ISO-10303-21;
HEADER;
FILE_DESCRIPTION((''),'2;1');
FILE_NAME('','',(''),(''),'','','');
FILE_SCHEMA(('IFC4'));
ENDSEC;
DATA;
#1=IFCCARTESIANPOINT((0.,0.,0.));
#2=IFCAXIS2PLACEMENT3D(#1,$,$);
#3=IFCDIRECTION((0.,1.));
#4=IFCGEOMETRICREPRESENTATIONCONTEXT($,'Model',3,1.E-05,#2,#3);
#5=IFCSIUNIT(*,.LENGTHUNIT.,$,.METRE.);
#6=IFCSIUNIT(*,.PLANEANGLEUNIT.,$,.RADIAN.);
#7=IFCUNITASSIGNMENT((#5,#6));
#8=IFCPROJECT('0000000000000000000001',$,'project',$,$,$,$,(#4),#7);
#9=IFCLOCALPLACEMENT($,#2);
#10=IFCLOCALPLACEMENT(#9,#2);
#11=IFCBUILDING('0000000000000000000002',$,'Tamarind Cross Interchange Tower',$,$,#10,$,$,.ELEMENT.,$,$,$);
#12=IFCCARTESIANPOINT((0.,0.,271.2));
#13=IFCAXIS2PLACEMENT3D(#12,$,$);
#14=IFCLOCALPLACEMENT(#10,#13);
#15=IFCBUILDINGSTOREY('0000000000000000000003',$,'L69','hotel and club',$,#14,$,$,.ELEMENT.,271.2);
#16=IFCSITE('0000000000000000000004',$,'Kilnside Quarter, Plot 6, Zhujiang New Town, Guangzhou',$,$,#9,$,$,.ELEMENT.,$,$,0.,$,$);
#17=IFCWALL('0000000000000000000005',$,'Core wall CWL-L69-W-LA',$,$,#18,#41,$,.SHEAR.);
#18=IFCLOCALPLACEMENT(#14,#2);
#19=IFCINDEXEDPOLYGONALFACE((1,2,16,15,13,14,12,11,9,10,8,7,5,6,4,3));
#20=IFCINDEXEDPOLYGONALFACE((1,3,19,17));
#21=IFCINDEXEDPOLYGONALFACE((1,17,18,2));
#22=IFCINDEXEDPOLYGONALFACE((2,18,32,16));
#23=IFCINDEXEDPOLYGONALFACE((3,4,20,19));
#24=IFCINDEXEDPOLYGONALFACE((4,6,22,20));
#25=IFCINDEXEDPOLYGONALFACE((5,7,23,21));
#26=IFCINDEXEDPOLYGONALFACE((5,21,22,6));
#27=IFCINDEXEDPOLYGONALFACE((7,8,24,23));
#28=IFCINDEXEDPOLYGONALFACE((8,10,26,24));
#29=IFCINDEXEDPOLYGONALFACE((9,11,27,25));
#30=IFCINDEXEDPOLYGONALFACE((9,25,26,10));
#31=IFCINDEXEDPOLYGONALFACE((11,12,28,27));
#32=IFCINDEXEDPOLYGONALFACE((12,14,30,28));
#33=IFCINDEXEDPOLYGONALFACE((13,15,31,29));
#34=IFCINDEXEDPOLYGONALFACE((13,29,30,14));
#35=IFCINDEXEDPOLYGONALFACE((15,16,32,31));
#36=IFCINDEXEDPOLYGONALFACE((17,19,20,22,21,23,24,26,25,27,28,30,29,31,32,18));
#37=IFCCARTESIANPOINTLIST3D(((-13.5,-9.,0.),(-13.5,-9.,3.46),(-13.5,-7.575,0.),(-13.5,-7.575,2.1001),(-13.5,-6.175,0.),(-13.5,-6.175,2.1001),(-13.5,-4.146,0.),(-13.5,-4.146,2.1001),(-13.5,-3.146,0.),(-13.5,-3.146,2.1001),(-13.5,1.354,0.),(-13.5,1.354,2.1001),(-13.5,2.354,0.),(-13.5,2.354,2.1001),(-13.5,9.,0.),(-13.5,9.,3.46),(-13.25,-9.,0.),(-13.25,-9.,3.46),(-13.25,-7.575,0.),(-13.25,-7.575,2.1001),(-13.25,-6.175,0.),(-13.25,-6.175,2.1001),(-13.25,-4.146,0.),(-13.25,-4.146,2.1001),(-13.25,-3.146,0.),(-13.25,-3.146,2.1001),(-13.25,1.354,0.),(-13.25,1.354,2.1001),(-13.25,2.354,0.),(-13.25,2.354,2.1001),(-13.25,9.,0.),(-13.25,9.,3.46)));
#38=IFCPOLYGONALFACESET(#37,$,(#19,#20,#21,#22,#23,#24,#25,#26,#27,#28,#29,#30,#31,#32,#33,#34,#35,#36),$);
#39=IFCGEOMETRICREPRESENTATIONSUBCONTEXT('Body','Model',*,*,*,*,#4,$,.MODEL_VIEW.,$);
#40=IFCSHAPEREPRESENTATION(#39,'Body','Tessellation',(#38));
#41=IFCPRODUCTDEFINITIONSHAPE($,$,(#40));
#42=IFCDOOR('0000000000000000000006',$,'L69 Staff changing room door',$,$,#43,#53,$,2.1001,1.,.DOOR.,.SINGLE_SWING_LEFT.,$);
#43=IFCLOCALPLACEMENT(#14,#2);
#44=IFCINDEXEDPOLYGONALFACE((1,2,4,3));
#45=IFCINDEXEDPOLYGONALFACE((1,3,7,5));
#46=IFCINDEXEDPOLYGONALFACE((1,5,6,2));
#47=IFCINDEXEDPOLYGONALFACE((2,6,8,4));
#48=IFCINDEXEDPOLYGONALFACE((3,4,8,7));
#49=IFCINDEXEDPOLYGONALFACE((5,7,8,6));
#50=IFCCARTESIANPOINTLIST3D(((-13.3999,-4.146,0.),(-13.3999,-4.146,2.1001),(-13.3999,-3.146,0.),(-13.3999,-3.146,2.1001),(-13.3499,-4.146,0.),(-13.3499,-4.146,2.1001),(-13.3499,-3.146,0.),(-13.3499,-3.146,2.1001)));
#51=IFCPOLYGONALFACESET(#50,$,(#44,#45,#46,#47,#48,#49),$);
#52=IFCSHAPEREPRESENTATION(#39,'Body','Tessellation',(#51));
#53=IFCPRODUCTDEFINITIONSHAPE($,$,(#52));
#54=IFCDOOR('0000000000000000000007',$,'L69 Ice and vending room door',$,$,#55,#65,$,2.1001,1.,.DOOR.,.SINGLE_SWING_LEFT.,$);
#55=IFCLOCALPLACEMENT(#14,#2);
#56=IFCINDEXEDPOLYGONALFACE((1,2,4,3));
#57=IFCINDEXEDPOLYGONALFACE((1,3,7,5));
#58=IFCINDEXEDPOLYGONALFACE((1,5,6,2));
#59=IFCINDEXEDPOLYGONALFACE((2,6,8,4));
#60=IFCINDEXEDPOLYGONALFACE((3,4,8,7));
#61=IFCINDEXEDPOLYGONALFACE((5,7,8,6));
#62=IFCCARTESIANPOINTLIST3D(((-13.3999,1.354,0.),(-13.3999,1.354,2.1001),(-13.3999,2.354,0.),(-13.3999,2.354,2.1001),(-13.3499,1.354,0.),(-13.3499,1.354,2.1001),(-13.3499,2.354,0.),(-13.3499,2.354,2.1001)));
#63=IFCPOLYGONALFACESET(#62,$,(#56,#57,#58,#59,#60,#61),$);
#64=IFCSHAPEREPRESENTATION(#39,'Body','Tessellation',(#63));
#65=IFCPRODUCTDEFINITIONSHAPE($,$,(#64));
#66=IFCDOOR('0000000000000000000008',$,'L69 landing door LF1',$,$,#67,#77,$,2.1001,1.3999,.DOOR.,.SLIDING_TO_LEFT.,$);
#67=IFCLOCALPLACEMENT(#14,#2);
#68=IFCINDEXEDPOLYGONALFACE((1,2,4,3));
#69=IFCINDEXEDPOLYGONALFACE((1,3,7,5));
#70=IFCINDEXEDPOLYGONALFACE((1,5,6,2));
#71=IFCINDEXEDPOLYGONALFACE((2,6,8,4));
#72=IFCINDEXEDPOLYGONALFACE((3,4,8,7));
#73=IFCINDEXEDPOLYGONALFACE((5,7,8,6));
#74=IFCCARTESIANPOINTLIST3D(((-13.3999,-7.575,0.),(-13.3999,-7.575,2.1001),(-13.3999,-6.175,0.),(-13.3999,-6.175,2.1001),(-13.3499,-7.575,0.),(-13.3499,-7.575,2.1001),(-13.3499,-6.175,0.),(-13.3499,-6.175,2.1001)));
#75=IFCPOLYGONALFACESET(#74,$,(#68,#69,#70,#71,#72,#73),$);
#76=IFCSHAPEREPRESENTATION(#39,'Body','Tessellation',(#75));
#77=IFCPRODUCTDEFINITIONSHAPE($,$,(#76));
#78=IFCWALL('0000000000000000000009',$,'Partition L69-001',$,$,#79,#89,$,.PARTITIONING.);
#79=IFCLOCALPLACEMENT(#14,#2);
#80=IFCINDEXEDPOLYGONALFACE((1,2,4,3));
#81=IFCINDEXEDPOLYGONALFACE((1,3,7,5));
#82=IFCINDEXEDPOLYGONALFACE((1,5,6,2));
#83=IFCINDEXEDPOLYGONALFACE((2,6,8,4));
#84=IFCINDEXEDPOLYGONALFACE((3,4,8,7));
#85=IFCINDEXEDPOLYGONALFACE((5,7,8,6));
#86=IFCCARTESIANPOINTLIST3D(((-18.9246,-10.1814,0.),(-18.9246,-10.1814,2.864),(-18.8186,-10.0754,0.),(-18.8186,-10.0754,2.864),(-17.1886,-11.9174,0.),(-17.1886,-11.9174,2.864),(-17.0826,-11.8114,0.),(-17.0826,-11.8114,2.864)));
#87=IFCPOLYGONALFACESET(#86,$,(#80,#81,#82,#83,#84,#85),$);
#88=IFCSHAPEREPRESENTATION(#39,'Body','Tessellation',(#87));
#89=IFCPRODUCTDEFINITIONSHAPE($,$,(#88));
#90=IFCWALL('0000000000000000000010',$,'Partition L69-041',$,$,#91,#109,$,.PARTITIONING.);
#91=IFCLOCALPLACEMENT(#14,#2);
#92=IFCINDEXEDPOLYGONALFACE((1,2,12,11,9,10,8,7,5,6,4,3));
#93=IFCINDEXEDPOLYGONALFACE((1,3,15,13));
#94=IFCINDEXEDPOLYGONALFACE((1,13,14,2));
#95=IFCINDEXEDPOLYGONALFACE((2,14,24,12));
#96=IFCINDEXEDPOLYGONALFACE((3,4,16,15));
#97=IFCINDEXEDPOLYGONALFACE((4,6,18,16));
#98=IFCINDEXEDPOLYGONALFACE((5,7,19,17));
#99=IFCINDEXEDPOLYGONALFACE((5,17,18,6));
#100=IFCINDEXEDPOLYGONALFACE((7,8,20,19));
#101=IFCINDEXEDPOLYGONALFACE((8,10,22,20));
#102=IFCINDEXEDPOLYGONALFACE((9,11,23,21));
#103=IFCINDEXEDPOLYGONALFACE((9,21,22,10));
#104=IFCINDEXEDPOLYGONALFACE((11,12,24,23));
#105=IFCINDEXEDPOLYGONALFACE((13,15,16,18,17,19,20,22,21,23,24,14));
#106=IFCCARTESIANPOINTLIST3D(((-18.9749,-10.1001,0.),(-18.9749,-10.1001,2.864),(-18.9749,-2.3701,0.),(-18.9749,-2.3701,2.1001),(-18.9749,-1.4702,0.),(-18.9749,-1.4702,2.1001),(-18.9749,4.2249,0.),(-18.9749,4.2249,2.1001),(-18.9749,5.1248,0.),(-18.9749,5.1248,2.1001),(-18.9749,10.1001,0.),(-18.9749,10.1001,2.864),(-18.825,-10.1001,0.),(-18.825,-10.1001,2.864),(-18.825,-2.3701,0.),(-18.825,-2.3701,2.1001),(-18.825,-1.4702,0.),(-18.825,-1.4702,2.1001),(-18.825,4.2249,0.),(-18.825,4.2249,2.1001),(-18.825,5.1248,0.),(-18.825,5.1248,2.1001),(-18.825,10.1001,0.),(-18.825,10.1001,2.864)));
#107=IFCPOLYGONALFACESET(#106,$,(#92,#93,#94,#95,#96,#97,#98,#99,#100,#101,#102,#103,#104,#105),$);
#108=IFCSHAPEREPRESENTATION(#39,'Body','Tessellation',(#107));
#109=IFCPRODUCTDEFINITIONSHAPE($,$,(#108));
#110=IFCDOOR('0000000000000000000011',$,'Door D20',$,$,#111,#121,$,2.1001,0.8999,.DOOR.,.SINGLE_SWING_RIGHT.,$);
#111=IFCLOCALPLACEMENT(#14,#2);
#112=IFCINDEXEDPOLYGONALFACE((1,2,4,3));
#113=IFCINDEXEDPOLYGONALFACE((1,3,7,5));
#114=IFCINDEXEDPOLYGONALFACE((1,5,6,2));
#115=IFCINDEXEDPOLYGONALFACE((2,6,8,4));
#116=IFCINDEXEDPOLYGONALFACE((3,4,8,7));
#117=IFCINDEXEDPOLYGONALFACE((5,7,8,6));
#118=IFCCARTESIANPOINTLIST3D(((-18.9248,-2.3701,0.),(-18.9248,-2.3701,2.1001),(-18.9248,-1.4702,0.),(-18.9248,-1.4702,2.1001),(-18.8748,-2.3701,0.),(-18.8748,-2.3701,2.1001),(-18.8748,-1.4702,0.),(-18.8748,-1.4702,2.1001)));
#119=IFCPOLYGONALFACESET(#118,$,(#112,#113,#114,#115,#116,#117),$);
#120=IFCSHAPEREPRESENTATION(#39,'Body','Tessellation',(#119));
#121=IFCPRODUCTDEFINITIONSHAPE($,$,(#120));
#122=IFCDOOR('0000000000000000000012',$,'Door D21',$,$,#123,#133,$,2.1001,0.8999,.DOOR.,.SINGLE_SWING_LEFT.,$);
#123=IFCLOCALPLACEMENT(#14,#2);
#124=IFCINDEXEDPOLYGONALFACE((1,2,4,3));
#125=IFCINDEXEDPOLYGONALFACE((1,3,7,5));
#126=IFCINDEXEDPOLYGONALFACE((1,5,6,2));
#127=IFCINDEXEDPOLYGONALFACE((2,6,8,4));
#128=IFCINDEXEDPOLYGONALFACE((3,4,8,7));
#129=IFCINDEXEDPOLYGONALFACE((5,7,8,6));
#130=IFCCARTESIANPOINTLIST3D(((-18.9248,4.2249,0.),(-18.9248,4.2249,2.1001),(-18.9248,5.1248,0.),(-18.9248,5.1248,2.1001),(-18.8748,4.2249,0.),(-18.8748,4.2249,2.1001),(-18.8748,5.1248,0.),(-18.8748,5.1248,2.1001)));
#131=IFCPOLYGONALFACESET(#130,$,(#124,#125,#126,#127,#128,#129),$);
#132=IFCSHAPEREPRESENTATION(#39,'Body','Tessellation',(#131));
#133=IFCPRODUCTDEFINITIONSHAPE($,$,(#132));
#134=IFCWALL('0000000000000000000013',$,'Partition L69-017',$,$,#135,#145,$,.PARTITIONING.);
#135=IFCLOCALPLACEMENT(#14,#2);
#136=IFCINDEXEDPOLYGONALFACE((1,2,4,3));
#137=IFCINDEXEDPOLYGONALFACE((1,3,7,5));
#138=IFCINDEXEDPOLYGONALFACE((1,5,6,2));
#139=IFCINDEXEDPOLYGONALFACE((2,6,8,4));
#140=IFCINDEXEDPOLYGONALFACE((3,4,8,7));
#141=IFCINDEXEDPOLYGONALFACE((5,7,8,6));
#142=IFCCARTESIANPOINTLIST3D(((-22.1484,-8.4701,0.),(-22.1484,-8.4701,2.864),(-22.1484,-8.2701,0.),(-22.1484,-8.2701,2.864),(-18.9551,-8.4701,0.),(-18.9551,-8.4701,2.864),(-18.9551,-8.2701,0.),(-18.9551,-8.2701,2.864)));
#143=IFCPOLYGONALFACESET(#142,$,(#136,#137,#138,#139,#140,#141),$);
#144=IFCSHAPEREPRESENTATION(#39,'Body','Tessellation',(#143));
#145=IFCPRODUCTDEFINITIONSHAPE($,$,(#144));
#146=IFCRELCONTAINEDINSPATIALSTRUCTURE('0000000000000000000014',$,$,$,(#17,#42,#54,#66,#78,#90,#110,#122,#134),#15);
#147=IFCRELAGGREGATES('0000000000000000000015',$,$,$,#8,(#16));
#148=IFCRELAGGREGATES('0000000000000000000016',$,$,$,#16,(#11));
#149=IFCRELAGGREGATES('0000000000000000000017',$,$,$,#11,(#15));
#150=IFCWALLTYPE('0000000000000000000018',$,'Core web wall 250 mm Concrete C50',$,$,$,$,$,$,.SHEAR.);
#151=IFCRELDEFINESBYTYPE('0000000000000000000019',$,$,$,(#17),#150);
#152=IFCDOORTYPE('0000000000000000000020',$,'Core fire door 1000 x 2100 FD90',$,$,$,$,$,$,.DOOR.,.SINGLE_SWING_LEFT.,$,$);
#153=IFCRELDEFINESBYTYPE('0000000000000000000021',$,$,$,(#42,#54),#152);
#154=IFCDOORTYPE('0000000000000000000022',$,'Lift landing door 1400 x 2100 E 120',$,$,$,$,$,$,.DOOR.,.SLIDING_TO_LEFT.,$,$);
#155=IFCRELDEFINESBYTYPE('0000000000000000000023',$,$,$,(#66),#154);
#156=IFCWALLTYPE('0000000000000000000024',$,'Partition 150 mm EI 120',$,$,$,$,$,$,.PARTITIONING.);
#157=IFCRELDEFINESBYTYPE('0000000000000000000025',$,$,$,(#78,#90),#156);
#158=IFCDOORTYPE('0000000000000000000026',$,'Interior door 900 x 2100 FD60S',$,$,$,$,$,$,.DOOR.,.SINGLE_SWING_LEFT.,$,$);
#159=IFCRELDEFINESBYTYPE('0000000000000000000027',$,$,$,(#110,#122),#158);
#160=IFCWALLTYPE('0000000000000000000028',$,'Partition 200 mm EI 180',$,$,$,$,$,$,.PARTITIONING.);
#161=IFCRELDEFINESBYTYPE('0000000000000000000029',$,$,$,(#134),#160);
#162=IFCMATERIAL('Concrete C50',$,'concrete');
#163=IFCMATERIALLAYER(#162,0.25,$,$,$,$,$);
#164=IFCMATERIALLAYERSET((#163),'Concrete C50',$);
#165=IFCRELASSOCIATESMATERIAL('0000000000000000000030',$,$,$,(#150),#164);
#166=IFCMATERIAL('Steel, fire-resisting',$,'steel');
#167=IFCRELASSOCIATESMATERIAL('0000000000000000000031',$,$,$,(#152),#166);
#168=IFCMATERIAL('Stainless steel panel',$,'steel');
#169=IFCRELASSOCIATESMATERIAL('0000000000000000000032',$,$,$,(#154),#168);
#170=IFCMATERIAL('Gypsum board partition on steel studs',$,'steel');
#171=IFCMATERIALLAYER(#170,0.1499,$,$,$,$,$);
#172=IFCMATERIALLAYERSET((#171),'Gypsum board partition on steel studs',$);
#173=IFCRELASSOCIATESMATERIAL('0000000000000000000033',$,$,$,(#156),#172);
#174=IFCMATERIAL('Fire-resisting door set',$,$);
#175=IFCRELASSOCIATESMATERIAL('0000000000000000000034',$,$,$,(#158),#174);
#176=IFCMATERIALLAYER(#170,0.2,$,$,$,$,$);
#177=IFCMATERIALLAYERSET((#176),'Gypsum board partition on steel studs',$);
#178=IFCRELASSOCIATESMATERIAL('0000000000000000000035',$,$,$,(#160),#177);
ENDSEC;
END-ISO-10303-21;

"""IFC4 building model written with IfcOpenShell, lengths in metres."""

from ifc_helpers import new_model, si_unit, direction, frame, frame_2d, origin, place, context, subcontext, project, spatial, rectangle, extrude, material, layer, layer_set, type_object, element, fill, save


model = new_model("IFC4")

# Units and contexts
model_context = context("Model", 3, precision=1e-05, world=origin(), true_north=direction((0.0, 1.0)))
body_context = subcontext(model_context, "Body", "Model", "MODEL_VIEW")
ifc_project = project(units=[si_unit("LENGTHUNIT", "METRE"), si_unit("PLANEANGLEUNIT", "RADIAN")], contexts=[model_context])

# Site, building, storey
site_placement = place(None, origin())
site = spatial("IfcSite", under=ifc_project, at=site_placement, Name="Kilnside Quarter, Plot 6, Zhujiang New Town, Guangzhou", CompositionType="ELEMENT", RefElevation=0.0)
building_placement = place(site_placement, origin())
building = spatial("IfcBuilding", under=site, at=building_placement, Name="Tamarind Cross Interchange Tower", CompositionType="ELEMENT")
storey_placement = place(building_placement, frame((0.0, 0.0, 271.2)))
storey = spatial("IfcBuildingStorey", under=building, at=storey_placement, Name="L69", Description="hotel and club", CompositionType="ELEMENT", Elevation=271.2)

# Wall, openings, doors
ifc_material_1 = material(Name="Concrete C50", Category="concrete")
ifc_material_2 = material(Name="Steel, fire-resisting", Category="steel")
ifc_layer_1 = layer(ifc_material_1, 0.25)
ifc_layer_set_1 = layer_set([ifc_layer_1], Name="Concrete C50")
wall_type_1 = type_object("IfcWallType", Name="Core web wall 250 mm Concrete C50", PredefinedType="SHEAR", material=ifc_layer_set_1)
wall_1_placement = place(storey_placement, frame((-13.375, -9.0, 0.0), z_axis=(0.0, 0.0, 1.0), x_axis=(0.0, 1.0, 0.0)))
wall_1 = element("IfcWall", 1, at=wall_1_placement, inside=storey, type_object=wall_type_1, Name="Core wall CWL-L69-W-LA", PredefinedType="SHEAR", context=body_context, shape_type="SweptSolid", body=[
    extrude(rectangle(XDim=18.0, YDim=0.25, at=frame_2d((9.0, 0.0))), origin(), (0.0, 0.0, 1.0), 3.46),
])
opening_1_placement = place(wall_1_placement, frame((1.425, 0.0, 0.0)))
opening_1 = element("IfcOpeningElement", 2, at=opening_1_placement, cuts=wall_1, PredefinedType="OPENING", context=body_context, shape_type="SweptSolid", body=[
    extrude(rectangle(XDim=1.3999, YDim=2.1001, at=frame_2d((0.7, 1.05))), frame((0.0, 0.135, 0.0), z_axis=(0.0, -1.0, 0.0), x_axis=(1.0, 0.0, 0.0)), (0.0, 0.0, 1.0), 0.27),
])
opening_2_placement = place(wall_1_placement, frame((4.854, 0.0, 0.0)))
opening_2 = element("IfcOpeningElement", 3, at=opening_2_placement, cuts=wall_1, PredefinedType="OPENING", context=body_context, shape_type="SweptSolid", body=[
    extrude(rectangle(XDim=1.0, YDim=2.1001, at=frame_2d((0.5, 1.05))), frame((0.0, 0.135, 0.0), z_axis=(0.0, -1.0, 0.0), x_axis=(1.0, 0.0, 0.0)), (0.0, 0.0, 1.0), 0.27),
])
opening_3_placement = place(wall_1_placement, frame((10.354, 0.0, 0.0)))
opening_3 = element("IfcOpeningElement", 4, at=opening_3_placement, cuts=wall_1, PredefinedType="OPENING", context=body_context, shape_type="SweptSolid", body=[
    extrude(rectangle(XDim=1.0, YDim=2.1001, at=frame_2d((0.5, 1.05))), frame((0.0, 0.135, 0.0), z_axis=(0.0, -1.0, 0.0), x_axis=(1.0, 0.0, 0.0)), (0.0, 0.0, 1.0), 0.27),
])
door_type_1 = type_object("IfcDoorType", Name="Core fire door 1000 x 2100 FD90", OperationType="SINGLE_SWING_LEFT", PredefinedType="DOOR", material=ifc_material_2)
door_1_placement = place(opening_2_placement, origin())
door_1 = element("IfcDoor", 5, at=door_1_placement, inside=storey, type_object=door_type_1, Name="L69 Staff changing room door", OperationType="SINGLE_SWING_LEFT", OverallHeight=2.1001, OverallWidth=1.0, PredefinedType="DOOR", context=body_context, shape_type="SweptSolid", body=[
    extrude(rectangle(XDim=1.0, YDim=2.1001, at=frame_2d((0.5, 1.05))), frame((0.0, 0.0249, 0.0), z_axis=(0.0, -1.0, 0.0), x_axis=(1.0, 0.0, 0.0)), (0.0, 0.0, 1.0), 0.05),
])
fill(opening_2, door_1)
door_2_placement = place(opening_3_placement, origin())
door_2 = element("IfcDoor", 6, at=door_2_placement, inside=storey, type_object=door_type_1, Name="L69 Ice and vending room door", OperationType="SINGLE_SWING_LEFT", OverallHeight=2.1001, OverallWidth=1.0, PredefinedType="DOOR", context=body_context, shape_type="SweptSolid", body=[
    extrude(rectangle(XDim=1.0, YDim=2.1001, at=frame_2d((0.5, 1.05))), frame((0.0, 0.0249, 0.0), z_axis=(0.0, -1.0, 0.0), x_axis=(1.0, 0.0, 0.0)), (0.0, 0.0, 1.0), 0.05),
])
fill(opening_3, door_2)
ifc_material_3 = material(Name="Stainless steel panel", Category="steel")
door_type_2 = type_object("IfcDoorType", Name="Lift landing door 1400 x 2100 E 120", OperationType="SLIDING_TO_LEFT", PredefinedType="DOOR", material=ifc_material_3)
door_3_placement = place(opening_1_placement, origin())
door_3 = element("IfcDoor", 7, at=door_3_placement, inside=storey, type_object=door_type_2, Name="L69 landing door LF1", OperationType="SLIDING_TO_LEFT", OverallHeight=2.1001, OverallWidth=1.3999, PredefinedType="DOOR", context=body_context, shape_type="SweptSolid", body=[
    extrude(rectangle(XDim=1.3999, YDim=2.1001, at=frame_2d((0.7, 1.05))), frame((0.0, 0.0249, 0.0), z_axis=(0.0, -1.0, 0.0), x_axis=(1.0, 0.0, 0.0)), (0.0, 0.0, 1.0), 0.05),
])
fill(opening_1, door_3)

# Wall
ifc_material_4 = material(Name="Gypsum board partition on steel studs", Category="steel")
ifc_layer_2 = layer(ifc_material_4, 0.1499)
ifc_layer_set_2 = layer_set([ifc_layer_2], Name="Gypsum board partition on steel studs")
wall_type_2 = type_object("IfcWallType", Name="Partition 150 mm EI 120", PredefinedType="PARTITIONING", material=ifc_layer_set_2)
wall_2_placement = place(storey_placement, frame((-18.8716, -10.1284, 0.0), z_axis=(0.0, 0.0, 1.0), x_axis=(0.707107, -0.707107, 0.0)))
element("IfcWall", 8, at=wall_2_placement, inside=storey, type_object=wall_type_2, Name="Partition L69-001", PredefinedType="PARTITIONING", context=body_context, shape_type="SweptSolid", body=[
    extrude(rectangle(XDim=2.4551, YDim=0.1499, at=frame_2d((1.2275, 0.0))), origin(), (0.0, 0.0, 1.0), 2.864),
])

# Wall, openings, doors
wall_3_placement = place(storey_placement, frame((-18.8999, -10.1001, 0.0), z_axis=(0.0, 0.0, 1.0), x_axis=(0.0, 1.0, 0.0)))
wall_3 = element("IfcWall", 9, at=wall_3_placement, inside=storey, type_object=wall_type_2, Name="Partition L69-041", PredefinedType="PARTITIONING", context=body_context, shape_type="SweptSolid", body=[
    extrude(rectangle(XDim=20.2002, YDim=0.1499, at=frame_2d((10.1001, 0.0))), origin(), (0.0, 0.0, 1.0), 2.864),
])
opening_4_placement = place(wall_3_placement, frame((7.73, 0.0, 0.0)))
opening_4 = element("IfcOpeningElement", 10, at=opening_4_placement, cuts=wall_3, PredefinedType="OPENING", context=body_context, shape_type="SweptSolid", body=[
    extrude(rectangle(XDim=0.8999, YDim=2.1001, at=frame_2d((0.45, 1.05))), frame((0.0, 0.085, 0.0), z_axis=(0.0, -1.0, 0.0), x_axis=(1.0, 0.0, 0.0)), (0.0, 0.0, 1.0), 0.1699),
])
opening_5_placement = place(wall_3_placement, frame((14.325, 0.0, 0.0)))
opening_5 = element("IfcOpeningElement", 11, at=opening_5_placement, cuts=wall_3, PredefinedType="OPENING", context=body_context, shape_type="SweptSolid", body=[
    extrude(rectangle(XDim=0.8999, YDim=2.1001, at=frame_2d((0.45, 1.05))), frame((0.0, 0.085, 0.0), z_axis=(0.0, -1.0, 0.0), x_axis=(1.0, 0.0, 0.0)), (0.0, 0.0, 1.0), 0.1699),
])
ifc_material_5 = material(Name="Fire-resisting door set")
door_type_3 = type_object("IfcDoorType", Name="Interior door 900 x 2100 FD60S", OperationType="SINGLE_SWING_LEFT", PredefinedType="DOOR", material=ifc_material_5)
door_4_placement = place(opening_4_placement, origin())
door_4 = element("IfcDoor", 12, at=door_4_placement, inside=storey, type_object=door_type_3, Name="Door D20", OperationType="SINGLE_SWING_RIGHT", OverallHeight=2.1001, OverallWidth=0.8999, PredefinedType="DOOR", context=body_context, shape_type="SweptSolid", body=[
    extrude(rectangle(XDim=0.8999, YDim=2.1001, at=frame_2d((0.45, 1.05))), frame((0.0, 0.0249, 0.0), z_axis=(0.0, -1.0, 0.0), x_axis=(1.0, 0.0, 0.0)), (0.0, 0.0, 1.0), 0.05),
])
fill(opening_4, door_4)
door_5_placement = place(opening_5_placement, origin())
door_5 = element("IfcDoor", 13, at=door_5_placement, inside=storey, type_object=door_type_3, Name="Door D21", OperationType="SINGLE_SWING_LEFT", OverallHeight=2.1001, OverallWidth=0.8999, PredefinedType="DOOR", context=body_context, shape_type="SweptSolid", body=[
    extrude(rectangle(XDim=0.8999, YDim=2.1001, at=frame_2d((0.45, 1.05))), frame((0.0, 0.0249, 0.0), z_axis=(0.0, -1.0, 0.0), x_axis=(1.0, 0.0, 0.0)), (0.0, 0.0, 1.0), 0.05),
])
fill(opening_5, door_5)

# Wall
ifc_layer_3 = layer(ifc_material_4, 0.2)
ifc_layer_set_3 = layer_set([ifc_layer_3], Name="Gypsum board partition on steel studs")
wall_type_3 = type_object("IfcWallType", Name="Partition 200 mm EI 180", PredefinedType="PARTITIONING", material=ifc_layer_set_3)
wall_4_placement = place(storey_placement, frame((-22.1484, -8.3701, 0.0), z_axis=(0.0, 0.0, 1.0), x_axis=(1.0, 0.0, 0.0)))
element("IfcWall", 14, at=wall_4_placement, inside=storey, type_object=wall_type_3, Name="Partition L69-017", PredefinedType="PARTITIONING", context=body_context, shape_type="SweptSolid", body=[
    extrude(rectangle(XDim=3.1934, YDim=0.2, at=frame_2d((1.5967, 0.0))), origin(), (0.0, 0.0, 1.0), 2.864),
])

save(model, "model.ifc")
